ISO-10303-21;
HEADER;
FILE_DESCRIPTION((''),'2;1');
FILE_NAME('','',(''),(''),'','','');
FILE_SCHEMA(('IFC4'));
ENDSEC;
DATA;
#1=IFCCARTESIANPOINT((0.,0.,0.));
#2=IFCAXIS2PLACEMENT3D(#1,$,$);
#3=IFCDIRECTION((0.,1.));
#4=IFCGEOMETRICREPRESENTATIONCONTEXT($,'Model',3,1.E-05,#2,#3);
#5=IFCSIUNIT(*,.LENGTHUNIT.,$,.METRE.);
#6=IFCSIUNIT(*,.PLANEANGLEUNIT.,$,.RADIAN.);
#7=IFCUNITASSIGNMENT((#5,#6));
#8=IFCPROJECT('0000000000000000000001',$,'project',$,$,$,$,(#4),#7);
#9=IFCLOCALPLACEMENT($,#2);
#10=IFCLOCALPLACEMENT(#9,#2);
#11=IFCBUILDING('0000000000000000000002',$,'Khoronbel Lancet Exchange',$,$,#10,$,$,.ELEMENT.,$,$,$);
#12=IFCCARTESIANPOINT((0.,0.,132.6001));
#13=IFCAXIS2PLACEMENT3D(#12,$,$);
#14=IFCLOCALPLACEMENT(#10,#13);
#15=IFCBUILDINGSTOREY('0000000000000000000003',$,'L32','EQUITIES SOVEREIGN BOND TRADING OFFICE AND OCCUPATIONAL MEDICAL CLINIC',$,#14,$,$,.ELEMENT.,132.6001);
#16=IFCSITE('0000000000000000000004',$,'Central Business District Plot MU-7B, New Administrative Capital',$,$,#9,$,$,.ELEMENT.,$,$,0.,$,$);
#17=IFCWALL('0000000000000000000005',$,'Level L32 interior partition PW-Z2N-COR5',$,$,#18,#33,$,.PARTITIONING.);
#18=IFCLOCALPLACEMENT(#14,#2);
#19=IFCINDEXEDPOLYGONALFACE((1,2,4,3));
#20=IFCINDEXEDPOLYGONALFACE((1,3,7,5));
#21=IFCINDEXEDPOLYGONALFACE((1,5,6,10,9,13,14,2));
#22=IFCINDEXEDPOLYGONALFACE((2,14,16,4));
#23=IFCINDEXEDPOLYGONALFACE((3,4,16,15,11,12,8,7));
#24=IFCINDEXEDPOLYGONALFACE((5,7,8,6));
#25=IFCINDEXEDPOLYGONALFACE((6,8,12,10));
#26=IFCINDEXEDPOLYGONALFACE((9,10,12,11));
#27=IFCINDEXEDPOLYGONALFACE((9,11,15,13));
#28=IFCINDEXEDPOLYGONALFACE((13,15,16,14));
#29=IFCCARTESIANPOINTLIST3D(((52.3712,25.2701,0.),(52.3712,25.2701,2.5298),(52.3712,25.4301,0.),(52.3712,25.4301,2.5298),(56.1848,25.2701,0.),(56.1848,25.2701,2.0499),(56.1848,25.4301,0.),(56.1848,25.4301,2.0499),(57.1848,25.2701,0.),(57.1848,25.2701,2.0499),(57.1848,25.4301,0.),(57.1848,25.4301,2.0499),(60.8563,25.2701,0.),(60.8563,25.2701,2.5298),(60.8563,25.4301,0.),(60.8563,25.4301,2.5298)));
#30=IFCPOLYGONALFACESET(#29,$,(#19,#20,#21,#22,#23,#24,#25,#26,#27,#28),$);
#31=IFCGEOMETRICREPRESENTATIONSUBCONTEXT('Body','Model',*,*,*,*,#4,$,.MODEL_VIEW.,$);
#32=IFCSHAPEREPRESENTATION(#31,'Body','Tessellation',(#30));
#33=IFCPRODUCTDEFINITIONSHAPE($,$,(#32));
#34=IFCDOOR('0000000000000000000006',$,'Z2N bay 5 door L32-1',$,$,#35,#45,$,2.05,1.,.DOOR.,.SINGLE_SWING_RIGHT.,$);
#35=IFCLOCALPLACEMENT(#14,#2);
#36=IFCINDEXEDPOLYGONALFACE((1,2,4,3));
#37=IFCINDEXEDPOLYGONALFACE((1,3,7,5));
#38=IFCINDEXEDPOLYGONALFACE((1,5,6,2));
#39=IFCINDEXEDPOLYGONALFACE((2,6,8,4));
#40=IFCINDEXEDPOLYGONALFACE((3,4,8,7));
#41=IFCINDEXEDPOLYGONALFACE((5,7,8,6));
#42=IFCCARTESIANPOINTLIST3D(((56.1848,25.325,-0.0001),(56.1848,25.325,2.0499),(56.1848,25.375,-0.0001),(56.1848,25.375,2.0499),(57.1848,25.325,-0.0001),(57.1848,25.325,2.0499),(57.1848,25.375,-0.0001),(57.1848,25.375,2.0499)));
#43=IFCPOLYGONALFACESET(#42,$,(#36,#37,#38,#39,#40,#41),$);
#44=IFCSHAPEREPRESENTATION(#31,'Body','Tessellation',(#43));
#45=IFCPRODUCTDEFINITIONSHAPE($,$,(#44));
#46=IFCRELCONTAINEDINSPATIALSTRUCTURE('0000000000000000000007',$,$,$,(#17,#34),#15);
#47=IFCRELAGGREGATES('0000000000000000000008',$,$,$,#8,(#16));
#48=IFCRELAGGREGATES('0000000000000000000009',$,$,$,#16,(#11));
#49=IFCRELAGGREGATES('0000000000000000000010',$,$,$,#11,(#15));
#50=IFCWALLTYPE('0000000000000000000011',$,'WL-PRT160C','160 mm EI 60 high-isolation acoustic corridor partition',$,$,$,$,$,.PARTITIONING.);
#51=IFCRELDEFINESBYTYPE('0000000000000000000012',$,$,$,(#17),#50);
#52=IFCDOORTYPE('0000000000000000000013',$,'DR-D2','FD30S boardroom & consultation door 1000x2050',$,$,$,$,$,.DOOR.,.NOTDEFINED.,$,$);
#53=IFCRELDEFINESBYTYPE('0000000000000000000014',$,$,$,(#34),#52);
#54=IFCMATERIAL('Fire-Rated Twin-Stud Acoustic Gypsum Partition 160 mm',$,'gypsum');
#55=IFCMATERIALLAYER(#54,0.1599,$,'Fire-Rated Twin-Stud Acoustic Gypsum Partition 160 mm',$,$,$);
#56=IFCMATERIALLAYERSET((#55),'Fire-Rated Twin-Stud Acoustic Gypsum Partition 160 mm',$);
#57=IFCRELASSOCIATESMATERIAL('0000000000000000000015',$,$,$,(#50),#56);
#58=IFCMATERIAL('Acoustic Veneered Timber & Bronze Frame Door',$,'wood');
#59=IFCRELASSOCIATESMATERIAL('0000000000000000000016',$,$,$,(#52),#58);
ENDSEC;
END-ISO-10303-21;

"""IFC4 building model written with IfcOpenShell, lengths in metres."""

from ifc_helpers import new_model, si_unit, direction, frame, frame_2d, origin, place, context, subcontext, project, spatial, rectangle, extrude, material, layer, layer_set, type_object, element, fill, save


model = new_model("IFC4")

# Units and contexts
model_context = context("Model", 3, precision=1e-05, world=origin(), true_north=direction((0.0, 1.0)))
body_context = subcontext(model_context, "Body", "Model", "MODEL_VIEW")
ifc_project = project(units=[si_unit("LENGTHUNIT", "METRE"), si_unit("PLANEANGLEUNIT", "RADIAN")], contexts=[model_context])

# Site, building, storey
site_placement = place(None, origin())
site = spatial("IfcSite", under=ifc_project, at=site_placement, Name="Central Business District Plot MU-7B, New Administrative Capital", CompositionType="ELEMENT", RefElevation=0.0)
building_placement = place(site_placement, origin())
building = spatial("IfcBuilding", under=site, at=building_placement, Name="Khoronbel Lancet Exchange", CompositionType="ELEMENT")
storey_placement = place(building_placement, frame((0.0, 0.0, 132.6001)))
storey = spatial("IfcBuildingStorey", under=building, at=storey_placement, Name="L32", Description="EQUITIES SOVEREIGN BOND TRADING OFFICE AND OCCUPATIONAL MEDICAL CLINIC", CompositionType="ELEMENT", Elevation=132.6001)

# Wall, opening, door
ifc_material_1 = material(Name="Fire-Rated Twin-Stud Acoustic Gypsum Partition 160 mm", Category="gypsum")
ifc_layer_1 = layer(ifc_material_1, 0.1599, Name="Fire-Rated Twin-Stud Acoustic Gypsum Partition 160 mm")
ifc_layer_set_1 = layer_set([ifc_layer_1], Name="Fire-Rated Twin-Stud Acoustic Gypsum Partition 160 mm")
wall_type_1 = type_object("IfcWallType", Name="WL-PRT160C", Description="160 mm EI 60 high-isolation acoustic corridor partition", PredefinedType="PARTITIONING", material=ifc_layer_set_1)
ifc_material_2 = material(Name="Acoustic Veneered Timber & Bronze Frame Door", Category="wood")
door_type_1 = type_object("IfcDoorType", Name="DR-D2", Description="FD30S boardroom & consultation door 1000x2050", OperationType="NOTDEFINED", PredefinedType="DOOR", material=ifc_material_2)
wall_1_placement = place(storey_placement, frame((52.3711, 25.3501, 0.0), z_axis=(0.0, 0.0, 1.0), x_axis=(1.0, 0.0, 0.0)))
wall_1 = element("IfcWall", 1, at=wall_1_placement, inside=storey, type_object=wall_type_1, Name="Level L32 interior partition PW-Z2N-COR5", PredefinedType="PARTITIONING", context=body_context, shape_type="SweptSolid", body=[
    extrude(rectangle(XDim=8.4851, YDim=0.1599, at=frame_2d((4.2427, 0.0))), origin(), (0.0, 0.0, 1.0), 2.5298),
])
opening_1_placement = place(wall_1_placement, frame((3.8137, 0.0, 0.0)))
opening_1 = element("IfcOpeningElement", 2, at=opening_1_placement, cuts=wall_1, PredefinedType="OPENING", context=body_context, shape_type="SweptSolid", body=[
    extrude(rectangle(XDim=1.0, YDim=2.05, at=frame_2d((0.5, 1.0249))), frame((0.0, 0.0898, 0.0), z_axis=(0.0, -1.0, 0.0), x_axis=(1.0, 0.0, 0.0)), (0.0, 0.0, 1.0), 0.1799),
])
door_1_placement = place(opening_1_placement, origin())
door_1 = element("IfcDoor", 3, at=door_1_placement, inside=storey, type_object=door_type_1, Name="Z2N bay 5 door L32-1", OperationType="SINGLE_SWING_RIGHT", OverallHeight=2.05, OverallWidth=1.0, PredefinedType="DOOR", context=body_context, shape_type="SweptSolid", body=[
    extrude(rectangle(XDim=1.0, YDim=2.05, at=frame_2d((0.5, 1.0249))), frame((0.0, 0.0249, 0.0), z_axis=(0.0, -1.0, 0.0), x_axis=(1.0, 0.0, 0.0)), (0.0, 0.0, 1.0), 0.05),
])
fill(opening_1, door_1)

save(model, "model.ifc")
